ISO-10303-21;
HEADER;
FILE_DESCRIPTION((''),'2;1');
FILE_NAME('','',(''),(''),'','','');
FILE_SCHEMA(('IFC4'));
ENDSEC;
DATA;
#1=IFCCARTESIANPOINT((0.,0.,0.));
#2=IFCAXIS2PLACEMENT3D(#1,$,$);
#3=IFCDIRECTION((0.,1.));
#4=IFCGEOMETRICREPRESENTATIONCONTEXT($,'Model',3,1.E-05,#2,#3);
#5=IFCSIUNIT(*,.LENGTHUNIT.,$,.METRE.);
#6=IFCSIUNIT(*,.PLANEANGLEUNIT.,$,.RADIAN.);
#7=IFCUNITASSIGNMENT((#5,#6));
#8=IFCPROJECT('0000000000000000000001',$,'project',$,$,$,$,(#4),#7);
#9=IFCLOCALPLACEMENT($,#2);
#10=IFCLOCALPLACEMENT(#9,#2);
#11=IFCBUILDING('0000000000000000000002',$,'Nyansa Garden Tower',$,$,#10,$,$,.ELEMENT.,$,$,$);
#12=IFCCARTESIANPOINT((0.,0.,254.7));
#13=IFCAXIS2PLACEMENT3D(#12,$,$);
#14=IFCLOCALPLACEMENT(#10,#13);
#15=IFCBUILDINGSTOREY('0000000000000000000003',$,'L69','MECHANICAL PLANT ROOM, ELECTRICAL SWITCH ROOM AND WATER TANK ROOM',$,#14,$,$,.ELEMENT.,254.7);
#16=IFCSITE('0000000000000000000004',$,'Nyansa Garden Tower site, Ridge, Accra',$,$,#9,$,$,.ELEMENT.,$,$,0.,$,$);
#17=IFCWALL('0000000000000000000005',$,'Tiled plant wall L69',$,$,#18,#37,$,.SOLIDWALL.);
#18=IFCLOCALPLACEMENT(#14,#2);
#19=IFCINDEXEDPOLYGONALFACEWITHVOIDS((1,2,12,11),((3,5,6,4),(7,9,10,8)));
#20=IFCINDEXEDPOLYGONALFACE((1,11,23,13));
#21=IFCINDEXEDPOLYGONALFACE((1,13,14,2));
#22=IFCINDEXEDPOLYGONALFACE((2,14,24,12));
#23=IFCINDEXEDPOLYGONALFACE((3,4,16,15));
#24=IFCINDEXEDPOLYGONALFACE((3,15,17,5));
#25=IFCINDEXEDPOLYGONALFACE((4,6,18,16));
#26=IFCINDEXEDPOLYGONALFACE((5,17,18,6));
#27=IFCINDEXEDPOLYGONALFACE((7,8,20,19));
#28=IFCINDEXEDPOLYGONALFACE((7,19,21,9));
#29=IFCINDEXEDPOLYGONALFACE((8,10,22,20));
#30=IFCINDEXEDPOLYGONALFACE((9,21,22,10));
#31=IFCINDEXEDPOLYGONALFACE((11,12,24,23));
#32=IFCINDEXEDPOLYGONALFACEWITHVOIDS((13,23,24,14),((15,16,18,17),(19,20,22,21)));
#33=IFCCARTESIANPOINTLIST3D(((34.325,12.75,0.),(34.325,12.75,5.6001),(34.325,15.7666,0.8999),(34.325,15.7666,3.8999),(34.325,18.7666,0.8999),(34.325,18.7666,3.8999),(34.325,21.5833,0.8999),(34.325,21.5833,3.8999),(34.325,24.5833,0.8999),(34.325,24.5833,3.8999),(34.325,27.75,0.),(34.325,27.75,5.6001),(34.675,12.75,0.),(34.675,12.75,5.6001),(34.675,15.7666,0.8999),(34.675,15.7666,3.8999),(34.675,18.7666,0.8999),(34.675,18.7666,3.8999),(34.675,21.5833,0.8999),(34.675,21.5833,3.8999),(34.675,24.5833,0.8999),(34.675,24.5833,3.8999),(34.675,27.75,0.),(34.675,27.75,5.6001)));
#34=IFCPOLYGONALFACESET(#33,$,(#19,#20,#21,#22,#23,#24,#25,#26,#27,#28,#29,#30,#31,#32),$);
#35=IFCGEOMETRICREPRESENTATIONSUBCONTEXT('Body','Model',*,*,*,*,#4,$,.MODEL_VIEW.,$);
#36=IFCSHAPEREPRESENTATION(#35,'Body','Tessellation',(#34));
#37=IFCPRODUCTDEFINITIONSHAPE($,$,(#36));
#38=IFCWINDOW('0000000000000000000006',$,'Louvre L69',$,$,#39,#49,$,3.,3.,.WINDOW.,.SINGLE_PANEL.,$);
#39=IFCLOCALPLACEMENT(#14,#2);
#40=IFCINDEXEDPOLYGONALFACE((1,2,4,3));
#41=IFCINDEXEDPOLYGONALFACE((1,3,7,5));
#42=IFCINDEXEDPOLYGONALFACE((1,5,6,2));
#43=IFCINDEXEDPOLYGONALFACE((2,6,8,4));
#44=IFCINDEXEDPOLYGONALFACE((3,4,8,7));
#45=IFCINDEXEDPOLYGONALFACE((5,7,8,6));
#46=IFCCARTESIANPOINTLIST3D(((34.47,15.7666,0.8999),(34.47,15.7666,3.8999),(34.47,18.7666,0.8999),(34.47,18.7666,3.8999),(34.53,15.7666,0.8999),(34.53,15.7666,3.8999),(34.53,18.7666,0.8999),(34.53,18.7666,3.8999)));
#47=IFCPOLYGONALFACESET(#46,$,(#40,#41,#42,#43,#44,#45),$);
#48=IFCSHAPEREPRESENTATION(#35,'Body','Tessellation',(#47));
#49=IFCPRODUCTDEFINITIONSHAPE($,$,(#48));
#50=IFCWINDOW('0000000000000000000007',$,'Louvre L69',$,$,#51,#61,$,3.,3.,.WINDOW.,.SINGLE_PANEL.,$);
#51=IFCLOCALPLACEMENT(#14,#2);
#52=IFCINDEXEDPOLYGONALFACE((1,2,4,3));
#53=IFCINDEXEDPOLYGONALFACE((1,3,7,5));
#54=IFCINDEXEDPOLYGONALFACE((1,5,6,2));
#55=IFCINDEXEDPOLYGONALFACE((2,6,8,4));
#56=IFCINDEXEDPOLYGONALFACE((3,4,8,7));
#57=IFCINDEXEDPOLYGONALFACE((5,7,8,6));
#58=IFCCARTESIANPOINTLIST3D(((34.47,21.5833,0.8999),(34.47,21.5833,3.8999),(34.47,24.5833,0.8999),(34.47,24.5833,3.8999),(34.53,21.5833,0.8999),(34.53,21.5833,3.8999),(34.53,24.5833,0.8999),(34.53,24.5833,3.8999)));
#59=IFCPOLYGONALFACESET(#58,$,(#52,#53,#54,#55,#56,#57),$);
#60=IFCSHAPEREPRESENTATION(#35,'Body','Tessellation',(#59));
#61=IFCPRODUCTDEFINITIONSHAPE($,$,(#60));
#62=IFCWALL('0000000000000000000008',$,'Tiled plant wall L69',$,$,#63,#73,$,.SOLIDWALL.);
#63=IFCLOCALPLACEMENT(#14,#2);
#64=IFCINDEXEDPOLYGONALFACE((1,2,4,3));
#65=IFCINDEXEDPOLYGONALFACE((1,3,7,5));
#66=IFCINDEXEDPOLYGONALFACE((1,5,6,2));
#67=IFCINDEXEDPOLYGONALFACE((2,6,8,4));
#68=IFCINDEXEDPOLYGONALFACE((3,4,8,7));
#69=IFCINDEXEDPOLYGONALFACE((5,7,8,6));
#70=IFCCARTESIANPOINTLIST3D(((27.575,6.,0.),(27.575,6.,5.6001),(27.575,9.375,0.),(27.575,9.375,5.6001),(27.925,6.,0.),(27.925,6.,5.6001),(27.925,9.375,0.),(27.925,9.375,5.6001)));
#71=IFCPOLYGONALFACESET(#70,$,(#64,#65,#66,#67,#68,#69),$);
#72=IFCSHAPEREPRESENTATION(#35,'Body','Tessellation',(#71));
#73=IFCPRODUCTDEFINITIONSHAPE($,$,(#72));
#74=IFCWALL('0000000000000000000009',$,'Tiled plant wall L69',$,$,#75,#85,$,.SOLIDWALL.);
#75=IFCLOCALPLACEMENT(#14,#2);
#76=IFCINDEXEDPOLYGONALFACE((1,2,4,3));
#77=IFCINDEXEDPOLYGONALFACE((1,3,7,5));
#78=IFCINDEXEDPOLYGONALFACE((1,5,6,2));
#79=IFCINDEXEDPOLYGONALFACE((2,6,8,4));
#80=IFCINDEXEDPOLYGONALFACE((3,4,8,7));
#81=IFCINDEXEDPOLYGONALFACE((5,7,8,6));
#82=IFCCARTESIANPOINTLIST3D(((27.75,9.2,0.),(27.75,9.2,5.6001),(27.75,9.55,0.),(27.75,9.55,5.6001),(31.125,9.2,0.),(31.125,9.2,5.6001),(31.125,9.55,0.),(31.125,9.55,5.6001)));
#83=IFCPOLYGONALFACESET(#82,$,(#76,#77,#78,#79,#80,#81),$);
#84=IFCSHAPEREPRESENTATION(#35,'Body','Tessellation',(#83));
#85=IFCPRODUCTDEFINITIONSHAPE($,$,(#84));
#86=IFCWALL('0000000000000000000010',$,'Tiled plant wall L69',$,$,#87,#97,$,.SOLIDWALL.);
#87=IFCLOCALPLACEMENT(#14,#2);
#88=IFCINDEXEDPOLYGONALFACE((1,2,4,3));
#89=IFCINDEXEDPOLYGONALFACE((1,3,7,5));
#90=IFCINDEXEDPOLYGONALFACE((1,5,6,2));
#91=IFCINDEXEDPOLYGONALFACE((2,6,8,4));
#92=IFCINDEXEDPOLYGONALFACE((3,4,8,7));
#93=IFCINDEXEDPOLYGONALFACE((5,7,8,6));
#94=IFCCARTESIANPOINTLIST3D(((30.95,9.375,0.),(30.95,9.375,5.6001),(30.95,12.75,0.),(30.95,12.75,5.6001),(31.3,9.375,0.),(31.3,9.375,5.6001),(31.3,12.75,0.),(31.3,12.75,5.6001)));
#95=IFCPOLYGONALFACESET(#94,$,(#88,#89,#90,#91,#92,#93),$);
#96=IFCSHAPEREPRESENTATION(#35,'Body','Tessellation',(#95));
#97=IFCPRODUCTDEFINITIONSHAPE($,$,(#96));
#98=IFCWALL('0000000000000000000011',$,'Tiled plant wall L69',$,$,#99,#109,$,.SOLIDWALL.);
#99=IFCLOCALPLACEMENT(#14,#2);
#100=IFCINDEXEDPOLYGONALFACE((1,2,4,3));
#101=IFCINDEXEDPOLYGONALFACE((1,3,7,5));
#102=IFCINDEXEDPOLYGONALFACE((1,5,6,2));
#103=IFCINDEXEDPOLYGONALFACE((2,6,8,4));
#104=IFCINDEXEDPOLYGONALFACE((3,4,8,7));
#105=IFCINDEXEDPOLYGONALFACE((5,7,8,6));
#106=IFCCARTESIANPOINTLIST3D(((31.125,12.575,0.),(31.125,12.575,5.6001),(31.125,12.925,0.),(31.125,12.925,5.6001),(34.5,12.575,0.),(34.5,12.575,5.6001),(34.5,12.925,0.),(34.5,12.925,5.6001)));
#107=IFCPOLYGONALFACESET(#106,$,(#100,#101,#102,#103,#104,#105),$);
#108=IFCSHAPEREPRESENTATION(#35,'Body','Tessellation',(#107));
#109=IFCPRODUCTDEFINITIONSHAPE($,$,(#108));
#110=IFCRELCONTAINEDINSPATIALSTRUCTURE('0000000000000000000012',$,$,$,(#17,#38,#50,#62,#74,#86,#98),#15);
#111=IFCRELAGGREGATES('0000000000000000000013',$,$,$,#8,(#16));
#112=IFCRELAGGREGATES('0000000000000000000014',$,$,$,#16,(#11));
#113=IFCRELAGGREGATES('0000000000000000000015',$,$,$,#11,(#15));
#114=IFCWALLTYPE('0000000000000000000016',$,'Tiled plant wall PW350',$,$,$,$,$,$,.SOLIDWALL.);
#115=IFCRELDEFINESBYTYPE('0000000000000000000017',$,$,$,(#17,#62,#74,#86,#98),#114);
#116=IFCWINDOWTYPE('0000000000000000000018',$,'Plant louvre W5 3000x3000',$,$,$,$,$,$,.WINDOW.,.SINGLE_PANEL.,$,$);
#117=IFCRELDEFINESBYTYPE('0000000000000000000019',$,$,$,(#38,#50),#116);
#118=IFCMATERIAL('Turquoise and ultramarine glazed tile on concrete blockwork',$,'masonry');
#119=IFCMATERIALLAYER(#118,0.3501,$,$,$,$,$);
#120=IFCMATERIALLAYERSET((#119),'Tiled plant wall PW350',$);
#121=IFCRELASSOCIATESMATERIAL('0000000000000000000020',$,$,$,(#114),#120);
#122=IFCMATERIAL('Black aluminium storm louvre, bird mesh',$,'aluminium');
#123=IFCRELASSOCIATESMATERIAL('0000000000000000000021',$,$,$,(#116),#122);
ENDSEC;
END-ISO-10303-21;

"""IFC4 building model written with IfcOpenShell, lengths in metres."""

from ifc_helpers import new_model, si_unit, direction, frame, frame_2d, origin, place, context, subcontext, project, spatial, rectangle, extrude, material, layer, layer_set, type_object, element, fill, save


model = new_model("IFC4")

# Units and contexts
model_context = context("Model", 3, precision=1e-05, world=origin(), true_north=direction((0.0, 1.0)))
body_context = subcontext(model_context, "Body", "Model", "MODEL_VIEW")
ifc_project = project(units=[si_unit("LENGTHUNIT", "METRE"), si_unit("PLANEANGLEUNIT", "RADIAN")], contexts=[model_context])

# Site, building, storey
site_placement = place(None, origin())
site = spatial("IfcSite", under=ifc_project, at=site_placement, Name="Nyansa Garden Tower site, Ridge, Accra", CompositionType="ELEMENT", RefElevation=0.0)
building_placement = place(site_placement, origin())
building = spatial("IfcBuilding", under=site, at=building_placement, Name="Nyansa Garden Tower", CompositionType="ELEMENT")
storey_placement = place(building_placement, frame((0.0, 0.0, 254.7)))
storey = spatial("IfcBuildingStorey", under=building, at=storey_placement, Name="L69", Description="MECHANICAL PLANT ROOM, ELECTRICAL SWITCH ROOM AND WATER TANK ROOM", CompositionType="ELEMENT", Elevation=254.7)

# Wall, openings, windows
ifc_material_1 = material(Name="Turquoise and ultramarine glazed tile on concrete blockwork", Category="masonry")
ifc_layer_1 = layer(ifc_material_1, 0.3501)
ifc_layer_set_1 = layer_set([ifc_layer_1], Name="Tiled plant wall PW350")
wall_type_1 = type_object("IfcWallType", Name="Tiled plant wall PW350", PredefinedType="SOLIDWALL", material=ifc_layer_set_1)
wall_1_placement = place(storey_placement, frame((34.5, 12.75, 0.0), z_axis=(0.0, 0.0, 1.0), x_axis=(0.0, 1.0, 0.0)))
wall_1 = element("IfcWall", 1, at=wall_1_placement, inside=storey, type_object=wall_type_1, Name="Tiled plant wall L69", PredefinedType="SOLIDWALL", context=body_context, shape_type="SweptSolid", body=[
    extrude(rectangle(XDim=15.0, YDim=0.3501, at=frame_2d((7.5, 0.0))), origin(), (0.0, 0.0, 1.0), 5.6001),
])
opening_1_placement = place(wall_1_placement, frame((3.0166, 0.0, 0.8999)))
opening_1 = element("IfcOpeningElement", 2, at=opening_1_placement, cuts=wall_1, PredefinedType="OPENING", context=body_context, shape_type="SweptSolid", body=[
    extrude(rectangle(XDim=3.0, YDim=3.0, at=frame_2d((1.5, 1.5))), frame((0.0, 0.1851, 0.0), z_axis=(0.0, -1.0, 0.0), x_axis=(1.0, 0.0, 0.0)), (0.0, 0.0, 1.0), 0.3701),
])
opening_2_placement = place(wall_1_placement, frame((8.8333, 0.0, 0.8999)))
opening_2 = element("IfcOpeningElement", 3, at=opening_2_placement, cuts=wall_1, PredefinedType="OPENING", context=body_context, shape_type="SweptSolid", body=[
    extrude(rectangle(XDim=3.0, YDim=3.0, at=frame_2d((1.5, 1.5))), frame((0.0, 0.1851, 0.0), z_axis=(0.0, -1.0, 0.0), x_axis=(1.0, 0.0, 0.0)), (0.0, 0.0, 1.0), 0.3701),
])
ifc_material_2 = material(Name="Black aluminium storm louvre, bird mesh", Category="aluminium")
window_type = type_object("IfcWindowType", Name="Plant louvre W5 3000x3000", PartitioningType="SINGLE_PANEL", PredefinedType="WINDOW", material=ifc_material_2)
window_1_placement = place(opening_1_placement, origin())
window_1 = element("IfcWindow", 4, at=window_1_placement, inside=storey, type_object=window_type, Name="Louvre L69", OverallHeight=3.0, OverallWidth=3.0, PartitioningType="SINGLE_PANEL", PredefinedType="WINDOW", context=body_context, shape_type="SweptSolid", body=[
    extrude(rectangle(XDim=3.0, YDim=3.0, at=frame_2d((1.5, 1.5))), frame((0.0, 0.03, 0.0), z_axis=(0.0, -1.0, 0.0), x_axis=(1.0, 0.0, 0.0)), (0.0, 0.0, 1.0), 0.0601),
])
fill(opening_1, window_1)
window_2_placement = place(opening_2_placement, origin())
window_2 = element("IfcWindow", 5, at=window_2_placement, inside=storey, type_object=window_type, Name="Louvre L69", OverallHeight=3.0, OverallWidth=3.0, PartitioningType="SINGLE_PANEL", PredefinedType="WINDOW", context=body_context, shape_type="SweptSolid", body=[
    extrude(rectangle(XDim=3.0, YDim=3.0, at=frame_2d((1.5, 1.5))), frame((0.0, 0.03, 0.0), z_axis=(0.0, -1.0, 0.0), x_axis=(1.0, 0.0, 0.0)), (0.0, 0.0, 1.0), 0.0601),
])
fill(opening_2, window_2)

# Walls
for number, where, z_axis, x_axis, name in (
    (6, (27.75, 6.0, 0.0), (0.0, 0.0, 1.0), (0.0, 1.0, 0.0), "Tiled plant wall L69"),
    (7, (27.75, 9.375, 0.0), (0.0, 0.0, 1.0), (1.0, 0.0, 0.0), "Tiled plant wall L69"),
    (8, (31.125, 9.375, 0.0), (0.0, 0.0, 1.0), (0.0, 1.0, 0.0), "Tiled plant wall L69"),
    (9, (31.125, 12.75, 0.0), (0.0, 0.0, 1.0), (1.0, 0.0, 0.0), "Tiled plant wall L69"),
):
    element("IfcWall", number, at=place(storey_placement, frame(where, z_axis=z_axis, x_axis=x_axis)), inside=storey, type_object=wall_type_1, Name=name, PredefinedType="SOLIDWALL", context=body_context, shape_type="SweptSolid", body=[
        extrude(rectangle(XDim=3.375, YDim=0.3501, at=frame_2d((1.6875, 0.0))), origin(), (0.0, 0.0, 1.0), 5.6001),
    ])

save(model, "model.ifc")
